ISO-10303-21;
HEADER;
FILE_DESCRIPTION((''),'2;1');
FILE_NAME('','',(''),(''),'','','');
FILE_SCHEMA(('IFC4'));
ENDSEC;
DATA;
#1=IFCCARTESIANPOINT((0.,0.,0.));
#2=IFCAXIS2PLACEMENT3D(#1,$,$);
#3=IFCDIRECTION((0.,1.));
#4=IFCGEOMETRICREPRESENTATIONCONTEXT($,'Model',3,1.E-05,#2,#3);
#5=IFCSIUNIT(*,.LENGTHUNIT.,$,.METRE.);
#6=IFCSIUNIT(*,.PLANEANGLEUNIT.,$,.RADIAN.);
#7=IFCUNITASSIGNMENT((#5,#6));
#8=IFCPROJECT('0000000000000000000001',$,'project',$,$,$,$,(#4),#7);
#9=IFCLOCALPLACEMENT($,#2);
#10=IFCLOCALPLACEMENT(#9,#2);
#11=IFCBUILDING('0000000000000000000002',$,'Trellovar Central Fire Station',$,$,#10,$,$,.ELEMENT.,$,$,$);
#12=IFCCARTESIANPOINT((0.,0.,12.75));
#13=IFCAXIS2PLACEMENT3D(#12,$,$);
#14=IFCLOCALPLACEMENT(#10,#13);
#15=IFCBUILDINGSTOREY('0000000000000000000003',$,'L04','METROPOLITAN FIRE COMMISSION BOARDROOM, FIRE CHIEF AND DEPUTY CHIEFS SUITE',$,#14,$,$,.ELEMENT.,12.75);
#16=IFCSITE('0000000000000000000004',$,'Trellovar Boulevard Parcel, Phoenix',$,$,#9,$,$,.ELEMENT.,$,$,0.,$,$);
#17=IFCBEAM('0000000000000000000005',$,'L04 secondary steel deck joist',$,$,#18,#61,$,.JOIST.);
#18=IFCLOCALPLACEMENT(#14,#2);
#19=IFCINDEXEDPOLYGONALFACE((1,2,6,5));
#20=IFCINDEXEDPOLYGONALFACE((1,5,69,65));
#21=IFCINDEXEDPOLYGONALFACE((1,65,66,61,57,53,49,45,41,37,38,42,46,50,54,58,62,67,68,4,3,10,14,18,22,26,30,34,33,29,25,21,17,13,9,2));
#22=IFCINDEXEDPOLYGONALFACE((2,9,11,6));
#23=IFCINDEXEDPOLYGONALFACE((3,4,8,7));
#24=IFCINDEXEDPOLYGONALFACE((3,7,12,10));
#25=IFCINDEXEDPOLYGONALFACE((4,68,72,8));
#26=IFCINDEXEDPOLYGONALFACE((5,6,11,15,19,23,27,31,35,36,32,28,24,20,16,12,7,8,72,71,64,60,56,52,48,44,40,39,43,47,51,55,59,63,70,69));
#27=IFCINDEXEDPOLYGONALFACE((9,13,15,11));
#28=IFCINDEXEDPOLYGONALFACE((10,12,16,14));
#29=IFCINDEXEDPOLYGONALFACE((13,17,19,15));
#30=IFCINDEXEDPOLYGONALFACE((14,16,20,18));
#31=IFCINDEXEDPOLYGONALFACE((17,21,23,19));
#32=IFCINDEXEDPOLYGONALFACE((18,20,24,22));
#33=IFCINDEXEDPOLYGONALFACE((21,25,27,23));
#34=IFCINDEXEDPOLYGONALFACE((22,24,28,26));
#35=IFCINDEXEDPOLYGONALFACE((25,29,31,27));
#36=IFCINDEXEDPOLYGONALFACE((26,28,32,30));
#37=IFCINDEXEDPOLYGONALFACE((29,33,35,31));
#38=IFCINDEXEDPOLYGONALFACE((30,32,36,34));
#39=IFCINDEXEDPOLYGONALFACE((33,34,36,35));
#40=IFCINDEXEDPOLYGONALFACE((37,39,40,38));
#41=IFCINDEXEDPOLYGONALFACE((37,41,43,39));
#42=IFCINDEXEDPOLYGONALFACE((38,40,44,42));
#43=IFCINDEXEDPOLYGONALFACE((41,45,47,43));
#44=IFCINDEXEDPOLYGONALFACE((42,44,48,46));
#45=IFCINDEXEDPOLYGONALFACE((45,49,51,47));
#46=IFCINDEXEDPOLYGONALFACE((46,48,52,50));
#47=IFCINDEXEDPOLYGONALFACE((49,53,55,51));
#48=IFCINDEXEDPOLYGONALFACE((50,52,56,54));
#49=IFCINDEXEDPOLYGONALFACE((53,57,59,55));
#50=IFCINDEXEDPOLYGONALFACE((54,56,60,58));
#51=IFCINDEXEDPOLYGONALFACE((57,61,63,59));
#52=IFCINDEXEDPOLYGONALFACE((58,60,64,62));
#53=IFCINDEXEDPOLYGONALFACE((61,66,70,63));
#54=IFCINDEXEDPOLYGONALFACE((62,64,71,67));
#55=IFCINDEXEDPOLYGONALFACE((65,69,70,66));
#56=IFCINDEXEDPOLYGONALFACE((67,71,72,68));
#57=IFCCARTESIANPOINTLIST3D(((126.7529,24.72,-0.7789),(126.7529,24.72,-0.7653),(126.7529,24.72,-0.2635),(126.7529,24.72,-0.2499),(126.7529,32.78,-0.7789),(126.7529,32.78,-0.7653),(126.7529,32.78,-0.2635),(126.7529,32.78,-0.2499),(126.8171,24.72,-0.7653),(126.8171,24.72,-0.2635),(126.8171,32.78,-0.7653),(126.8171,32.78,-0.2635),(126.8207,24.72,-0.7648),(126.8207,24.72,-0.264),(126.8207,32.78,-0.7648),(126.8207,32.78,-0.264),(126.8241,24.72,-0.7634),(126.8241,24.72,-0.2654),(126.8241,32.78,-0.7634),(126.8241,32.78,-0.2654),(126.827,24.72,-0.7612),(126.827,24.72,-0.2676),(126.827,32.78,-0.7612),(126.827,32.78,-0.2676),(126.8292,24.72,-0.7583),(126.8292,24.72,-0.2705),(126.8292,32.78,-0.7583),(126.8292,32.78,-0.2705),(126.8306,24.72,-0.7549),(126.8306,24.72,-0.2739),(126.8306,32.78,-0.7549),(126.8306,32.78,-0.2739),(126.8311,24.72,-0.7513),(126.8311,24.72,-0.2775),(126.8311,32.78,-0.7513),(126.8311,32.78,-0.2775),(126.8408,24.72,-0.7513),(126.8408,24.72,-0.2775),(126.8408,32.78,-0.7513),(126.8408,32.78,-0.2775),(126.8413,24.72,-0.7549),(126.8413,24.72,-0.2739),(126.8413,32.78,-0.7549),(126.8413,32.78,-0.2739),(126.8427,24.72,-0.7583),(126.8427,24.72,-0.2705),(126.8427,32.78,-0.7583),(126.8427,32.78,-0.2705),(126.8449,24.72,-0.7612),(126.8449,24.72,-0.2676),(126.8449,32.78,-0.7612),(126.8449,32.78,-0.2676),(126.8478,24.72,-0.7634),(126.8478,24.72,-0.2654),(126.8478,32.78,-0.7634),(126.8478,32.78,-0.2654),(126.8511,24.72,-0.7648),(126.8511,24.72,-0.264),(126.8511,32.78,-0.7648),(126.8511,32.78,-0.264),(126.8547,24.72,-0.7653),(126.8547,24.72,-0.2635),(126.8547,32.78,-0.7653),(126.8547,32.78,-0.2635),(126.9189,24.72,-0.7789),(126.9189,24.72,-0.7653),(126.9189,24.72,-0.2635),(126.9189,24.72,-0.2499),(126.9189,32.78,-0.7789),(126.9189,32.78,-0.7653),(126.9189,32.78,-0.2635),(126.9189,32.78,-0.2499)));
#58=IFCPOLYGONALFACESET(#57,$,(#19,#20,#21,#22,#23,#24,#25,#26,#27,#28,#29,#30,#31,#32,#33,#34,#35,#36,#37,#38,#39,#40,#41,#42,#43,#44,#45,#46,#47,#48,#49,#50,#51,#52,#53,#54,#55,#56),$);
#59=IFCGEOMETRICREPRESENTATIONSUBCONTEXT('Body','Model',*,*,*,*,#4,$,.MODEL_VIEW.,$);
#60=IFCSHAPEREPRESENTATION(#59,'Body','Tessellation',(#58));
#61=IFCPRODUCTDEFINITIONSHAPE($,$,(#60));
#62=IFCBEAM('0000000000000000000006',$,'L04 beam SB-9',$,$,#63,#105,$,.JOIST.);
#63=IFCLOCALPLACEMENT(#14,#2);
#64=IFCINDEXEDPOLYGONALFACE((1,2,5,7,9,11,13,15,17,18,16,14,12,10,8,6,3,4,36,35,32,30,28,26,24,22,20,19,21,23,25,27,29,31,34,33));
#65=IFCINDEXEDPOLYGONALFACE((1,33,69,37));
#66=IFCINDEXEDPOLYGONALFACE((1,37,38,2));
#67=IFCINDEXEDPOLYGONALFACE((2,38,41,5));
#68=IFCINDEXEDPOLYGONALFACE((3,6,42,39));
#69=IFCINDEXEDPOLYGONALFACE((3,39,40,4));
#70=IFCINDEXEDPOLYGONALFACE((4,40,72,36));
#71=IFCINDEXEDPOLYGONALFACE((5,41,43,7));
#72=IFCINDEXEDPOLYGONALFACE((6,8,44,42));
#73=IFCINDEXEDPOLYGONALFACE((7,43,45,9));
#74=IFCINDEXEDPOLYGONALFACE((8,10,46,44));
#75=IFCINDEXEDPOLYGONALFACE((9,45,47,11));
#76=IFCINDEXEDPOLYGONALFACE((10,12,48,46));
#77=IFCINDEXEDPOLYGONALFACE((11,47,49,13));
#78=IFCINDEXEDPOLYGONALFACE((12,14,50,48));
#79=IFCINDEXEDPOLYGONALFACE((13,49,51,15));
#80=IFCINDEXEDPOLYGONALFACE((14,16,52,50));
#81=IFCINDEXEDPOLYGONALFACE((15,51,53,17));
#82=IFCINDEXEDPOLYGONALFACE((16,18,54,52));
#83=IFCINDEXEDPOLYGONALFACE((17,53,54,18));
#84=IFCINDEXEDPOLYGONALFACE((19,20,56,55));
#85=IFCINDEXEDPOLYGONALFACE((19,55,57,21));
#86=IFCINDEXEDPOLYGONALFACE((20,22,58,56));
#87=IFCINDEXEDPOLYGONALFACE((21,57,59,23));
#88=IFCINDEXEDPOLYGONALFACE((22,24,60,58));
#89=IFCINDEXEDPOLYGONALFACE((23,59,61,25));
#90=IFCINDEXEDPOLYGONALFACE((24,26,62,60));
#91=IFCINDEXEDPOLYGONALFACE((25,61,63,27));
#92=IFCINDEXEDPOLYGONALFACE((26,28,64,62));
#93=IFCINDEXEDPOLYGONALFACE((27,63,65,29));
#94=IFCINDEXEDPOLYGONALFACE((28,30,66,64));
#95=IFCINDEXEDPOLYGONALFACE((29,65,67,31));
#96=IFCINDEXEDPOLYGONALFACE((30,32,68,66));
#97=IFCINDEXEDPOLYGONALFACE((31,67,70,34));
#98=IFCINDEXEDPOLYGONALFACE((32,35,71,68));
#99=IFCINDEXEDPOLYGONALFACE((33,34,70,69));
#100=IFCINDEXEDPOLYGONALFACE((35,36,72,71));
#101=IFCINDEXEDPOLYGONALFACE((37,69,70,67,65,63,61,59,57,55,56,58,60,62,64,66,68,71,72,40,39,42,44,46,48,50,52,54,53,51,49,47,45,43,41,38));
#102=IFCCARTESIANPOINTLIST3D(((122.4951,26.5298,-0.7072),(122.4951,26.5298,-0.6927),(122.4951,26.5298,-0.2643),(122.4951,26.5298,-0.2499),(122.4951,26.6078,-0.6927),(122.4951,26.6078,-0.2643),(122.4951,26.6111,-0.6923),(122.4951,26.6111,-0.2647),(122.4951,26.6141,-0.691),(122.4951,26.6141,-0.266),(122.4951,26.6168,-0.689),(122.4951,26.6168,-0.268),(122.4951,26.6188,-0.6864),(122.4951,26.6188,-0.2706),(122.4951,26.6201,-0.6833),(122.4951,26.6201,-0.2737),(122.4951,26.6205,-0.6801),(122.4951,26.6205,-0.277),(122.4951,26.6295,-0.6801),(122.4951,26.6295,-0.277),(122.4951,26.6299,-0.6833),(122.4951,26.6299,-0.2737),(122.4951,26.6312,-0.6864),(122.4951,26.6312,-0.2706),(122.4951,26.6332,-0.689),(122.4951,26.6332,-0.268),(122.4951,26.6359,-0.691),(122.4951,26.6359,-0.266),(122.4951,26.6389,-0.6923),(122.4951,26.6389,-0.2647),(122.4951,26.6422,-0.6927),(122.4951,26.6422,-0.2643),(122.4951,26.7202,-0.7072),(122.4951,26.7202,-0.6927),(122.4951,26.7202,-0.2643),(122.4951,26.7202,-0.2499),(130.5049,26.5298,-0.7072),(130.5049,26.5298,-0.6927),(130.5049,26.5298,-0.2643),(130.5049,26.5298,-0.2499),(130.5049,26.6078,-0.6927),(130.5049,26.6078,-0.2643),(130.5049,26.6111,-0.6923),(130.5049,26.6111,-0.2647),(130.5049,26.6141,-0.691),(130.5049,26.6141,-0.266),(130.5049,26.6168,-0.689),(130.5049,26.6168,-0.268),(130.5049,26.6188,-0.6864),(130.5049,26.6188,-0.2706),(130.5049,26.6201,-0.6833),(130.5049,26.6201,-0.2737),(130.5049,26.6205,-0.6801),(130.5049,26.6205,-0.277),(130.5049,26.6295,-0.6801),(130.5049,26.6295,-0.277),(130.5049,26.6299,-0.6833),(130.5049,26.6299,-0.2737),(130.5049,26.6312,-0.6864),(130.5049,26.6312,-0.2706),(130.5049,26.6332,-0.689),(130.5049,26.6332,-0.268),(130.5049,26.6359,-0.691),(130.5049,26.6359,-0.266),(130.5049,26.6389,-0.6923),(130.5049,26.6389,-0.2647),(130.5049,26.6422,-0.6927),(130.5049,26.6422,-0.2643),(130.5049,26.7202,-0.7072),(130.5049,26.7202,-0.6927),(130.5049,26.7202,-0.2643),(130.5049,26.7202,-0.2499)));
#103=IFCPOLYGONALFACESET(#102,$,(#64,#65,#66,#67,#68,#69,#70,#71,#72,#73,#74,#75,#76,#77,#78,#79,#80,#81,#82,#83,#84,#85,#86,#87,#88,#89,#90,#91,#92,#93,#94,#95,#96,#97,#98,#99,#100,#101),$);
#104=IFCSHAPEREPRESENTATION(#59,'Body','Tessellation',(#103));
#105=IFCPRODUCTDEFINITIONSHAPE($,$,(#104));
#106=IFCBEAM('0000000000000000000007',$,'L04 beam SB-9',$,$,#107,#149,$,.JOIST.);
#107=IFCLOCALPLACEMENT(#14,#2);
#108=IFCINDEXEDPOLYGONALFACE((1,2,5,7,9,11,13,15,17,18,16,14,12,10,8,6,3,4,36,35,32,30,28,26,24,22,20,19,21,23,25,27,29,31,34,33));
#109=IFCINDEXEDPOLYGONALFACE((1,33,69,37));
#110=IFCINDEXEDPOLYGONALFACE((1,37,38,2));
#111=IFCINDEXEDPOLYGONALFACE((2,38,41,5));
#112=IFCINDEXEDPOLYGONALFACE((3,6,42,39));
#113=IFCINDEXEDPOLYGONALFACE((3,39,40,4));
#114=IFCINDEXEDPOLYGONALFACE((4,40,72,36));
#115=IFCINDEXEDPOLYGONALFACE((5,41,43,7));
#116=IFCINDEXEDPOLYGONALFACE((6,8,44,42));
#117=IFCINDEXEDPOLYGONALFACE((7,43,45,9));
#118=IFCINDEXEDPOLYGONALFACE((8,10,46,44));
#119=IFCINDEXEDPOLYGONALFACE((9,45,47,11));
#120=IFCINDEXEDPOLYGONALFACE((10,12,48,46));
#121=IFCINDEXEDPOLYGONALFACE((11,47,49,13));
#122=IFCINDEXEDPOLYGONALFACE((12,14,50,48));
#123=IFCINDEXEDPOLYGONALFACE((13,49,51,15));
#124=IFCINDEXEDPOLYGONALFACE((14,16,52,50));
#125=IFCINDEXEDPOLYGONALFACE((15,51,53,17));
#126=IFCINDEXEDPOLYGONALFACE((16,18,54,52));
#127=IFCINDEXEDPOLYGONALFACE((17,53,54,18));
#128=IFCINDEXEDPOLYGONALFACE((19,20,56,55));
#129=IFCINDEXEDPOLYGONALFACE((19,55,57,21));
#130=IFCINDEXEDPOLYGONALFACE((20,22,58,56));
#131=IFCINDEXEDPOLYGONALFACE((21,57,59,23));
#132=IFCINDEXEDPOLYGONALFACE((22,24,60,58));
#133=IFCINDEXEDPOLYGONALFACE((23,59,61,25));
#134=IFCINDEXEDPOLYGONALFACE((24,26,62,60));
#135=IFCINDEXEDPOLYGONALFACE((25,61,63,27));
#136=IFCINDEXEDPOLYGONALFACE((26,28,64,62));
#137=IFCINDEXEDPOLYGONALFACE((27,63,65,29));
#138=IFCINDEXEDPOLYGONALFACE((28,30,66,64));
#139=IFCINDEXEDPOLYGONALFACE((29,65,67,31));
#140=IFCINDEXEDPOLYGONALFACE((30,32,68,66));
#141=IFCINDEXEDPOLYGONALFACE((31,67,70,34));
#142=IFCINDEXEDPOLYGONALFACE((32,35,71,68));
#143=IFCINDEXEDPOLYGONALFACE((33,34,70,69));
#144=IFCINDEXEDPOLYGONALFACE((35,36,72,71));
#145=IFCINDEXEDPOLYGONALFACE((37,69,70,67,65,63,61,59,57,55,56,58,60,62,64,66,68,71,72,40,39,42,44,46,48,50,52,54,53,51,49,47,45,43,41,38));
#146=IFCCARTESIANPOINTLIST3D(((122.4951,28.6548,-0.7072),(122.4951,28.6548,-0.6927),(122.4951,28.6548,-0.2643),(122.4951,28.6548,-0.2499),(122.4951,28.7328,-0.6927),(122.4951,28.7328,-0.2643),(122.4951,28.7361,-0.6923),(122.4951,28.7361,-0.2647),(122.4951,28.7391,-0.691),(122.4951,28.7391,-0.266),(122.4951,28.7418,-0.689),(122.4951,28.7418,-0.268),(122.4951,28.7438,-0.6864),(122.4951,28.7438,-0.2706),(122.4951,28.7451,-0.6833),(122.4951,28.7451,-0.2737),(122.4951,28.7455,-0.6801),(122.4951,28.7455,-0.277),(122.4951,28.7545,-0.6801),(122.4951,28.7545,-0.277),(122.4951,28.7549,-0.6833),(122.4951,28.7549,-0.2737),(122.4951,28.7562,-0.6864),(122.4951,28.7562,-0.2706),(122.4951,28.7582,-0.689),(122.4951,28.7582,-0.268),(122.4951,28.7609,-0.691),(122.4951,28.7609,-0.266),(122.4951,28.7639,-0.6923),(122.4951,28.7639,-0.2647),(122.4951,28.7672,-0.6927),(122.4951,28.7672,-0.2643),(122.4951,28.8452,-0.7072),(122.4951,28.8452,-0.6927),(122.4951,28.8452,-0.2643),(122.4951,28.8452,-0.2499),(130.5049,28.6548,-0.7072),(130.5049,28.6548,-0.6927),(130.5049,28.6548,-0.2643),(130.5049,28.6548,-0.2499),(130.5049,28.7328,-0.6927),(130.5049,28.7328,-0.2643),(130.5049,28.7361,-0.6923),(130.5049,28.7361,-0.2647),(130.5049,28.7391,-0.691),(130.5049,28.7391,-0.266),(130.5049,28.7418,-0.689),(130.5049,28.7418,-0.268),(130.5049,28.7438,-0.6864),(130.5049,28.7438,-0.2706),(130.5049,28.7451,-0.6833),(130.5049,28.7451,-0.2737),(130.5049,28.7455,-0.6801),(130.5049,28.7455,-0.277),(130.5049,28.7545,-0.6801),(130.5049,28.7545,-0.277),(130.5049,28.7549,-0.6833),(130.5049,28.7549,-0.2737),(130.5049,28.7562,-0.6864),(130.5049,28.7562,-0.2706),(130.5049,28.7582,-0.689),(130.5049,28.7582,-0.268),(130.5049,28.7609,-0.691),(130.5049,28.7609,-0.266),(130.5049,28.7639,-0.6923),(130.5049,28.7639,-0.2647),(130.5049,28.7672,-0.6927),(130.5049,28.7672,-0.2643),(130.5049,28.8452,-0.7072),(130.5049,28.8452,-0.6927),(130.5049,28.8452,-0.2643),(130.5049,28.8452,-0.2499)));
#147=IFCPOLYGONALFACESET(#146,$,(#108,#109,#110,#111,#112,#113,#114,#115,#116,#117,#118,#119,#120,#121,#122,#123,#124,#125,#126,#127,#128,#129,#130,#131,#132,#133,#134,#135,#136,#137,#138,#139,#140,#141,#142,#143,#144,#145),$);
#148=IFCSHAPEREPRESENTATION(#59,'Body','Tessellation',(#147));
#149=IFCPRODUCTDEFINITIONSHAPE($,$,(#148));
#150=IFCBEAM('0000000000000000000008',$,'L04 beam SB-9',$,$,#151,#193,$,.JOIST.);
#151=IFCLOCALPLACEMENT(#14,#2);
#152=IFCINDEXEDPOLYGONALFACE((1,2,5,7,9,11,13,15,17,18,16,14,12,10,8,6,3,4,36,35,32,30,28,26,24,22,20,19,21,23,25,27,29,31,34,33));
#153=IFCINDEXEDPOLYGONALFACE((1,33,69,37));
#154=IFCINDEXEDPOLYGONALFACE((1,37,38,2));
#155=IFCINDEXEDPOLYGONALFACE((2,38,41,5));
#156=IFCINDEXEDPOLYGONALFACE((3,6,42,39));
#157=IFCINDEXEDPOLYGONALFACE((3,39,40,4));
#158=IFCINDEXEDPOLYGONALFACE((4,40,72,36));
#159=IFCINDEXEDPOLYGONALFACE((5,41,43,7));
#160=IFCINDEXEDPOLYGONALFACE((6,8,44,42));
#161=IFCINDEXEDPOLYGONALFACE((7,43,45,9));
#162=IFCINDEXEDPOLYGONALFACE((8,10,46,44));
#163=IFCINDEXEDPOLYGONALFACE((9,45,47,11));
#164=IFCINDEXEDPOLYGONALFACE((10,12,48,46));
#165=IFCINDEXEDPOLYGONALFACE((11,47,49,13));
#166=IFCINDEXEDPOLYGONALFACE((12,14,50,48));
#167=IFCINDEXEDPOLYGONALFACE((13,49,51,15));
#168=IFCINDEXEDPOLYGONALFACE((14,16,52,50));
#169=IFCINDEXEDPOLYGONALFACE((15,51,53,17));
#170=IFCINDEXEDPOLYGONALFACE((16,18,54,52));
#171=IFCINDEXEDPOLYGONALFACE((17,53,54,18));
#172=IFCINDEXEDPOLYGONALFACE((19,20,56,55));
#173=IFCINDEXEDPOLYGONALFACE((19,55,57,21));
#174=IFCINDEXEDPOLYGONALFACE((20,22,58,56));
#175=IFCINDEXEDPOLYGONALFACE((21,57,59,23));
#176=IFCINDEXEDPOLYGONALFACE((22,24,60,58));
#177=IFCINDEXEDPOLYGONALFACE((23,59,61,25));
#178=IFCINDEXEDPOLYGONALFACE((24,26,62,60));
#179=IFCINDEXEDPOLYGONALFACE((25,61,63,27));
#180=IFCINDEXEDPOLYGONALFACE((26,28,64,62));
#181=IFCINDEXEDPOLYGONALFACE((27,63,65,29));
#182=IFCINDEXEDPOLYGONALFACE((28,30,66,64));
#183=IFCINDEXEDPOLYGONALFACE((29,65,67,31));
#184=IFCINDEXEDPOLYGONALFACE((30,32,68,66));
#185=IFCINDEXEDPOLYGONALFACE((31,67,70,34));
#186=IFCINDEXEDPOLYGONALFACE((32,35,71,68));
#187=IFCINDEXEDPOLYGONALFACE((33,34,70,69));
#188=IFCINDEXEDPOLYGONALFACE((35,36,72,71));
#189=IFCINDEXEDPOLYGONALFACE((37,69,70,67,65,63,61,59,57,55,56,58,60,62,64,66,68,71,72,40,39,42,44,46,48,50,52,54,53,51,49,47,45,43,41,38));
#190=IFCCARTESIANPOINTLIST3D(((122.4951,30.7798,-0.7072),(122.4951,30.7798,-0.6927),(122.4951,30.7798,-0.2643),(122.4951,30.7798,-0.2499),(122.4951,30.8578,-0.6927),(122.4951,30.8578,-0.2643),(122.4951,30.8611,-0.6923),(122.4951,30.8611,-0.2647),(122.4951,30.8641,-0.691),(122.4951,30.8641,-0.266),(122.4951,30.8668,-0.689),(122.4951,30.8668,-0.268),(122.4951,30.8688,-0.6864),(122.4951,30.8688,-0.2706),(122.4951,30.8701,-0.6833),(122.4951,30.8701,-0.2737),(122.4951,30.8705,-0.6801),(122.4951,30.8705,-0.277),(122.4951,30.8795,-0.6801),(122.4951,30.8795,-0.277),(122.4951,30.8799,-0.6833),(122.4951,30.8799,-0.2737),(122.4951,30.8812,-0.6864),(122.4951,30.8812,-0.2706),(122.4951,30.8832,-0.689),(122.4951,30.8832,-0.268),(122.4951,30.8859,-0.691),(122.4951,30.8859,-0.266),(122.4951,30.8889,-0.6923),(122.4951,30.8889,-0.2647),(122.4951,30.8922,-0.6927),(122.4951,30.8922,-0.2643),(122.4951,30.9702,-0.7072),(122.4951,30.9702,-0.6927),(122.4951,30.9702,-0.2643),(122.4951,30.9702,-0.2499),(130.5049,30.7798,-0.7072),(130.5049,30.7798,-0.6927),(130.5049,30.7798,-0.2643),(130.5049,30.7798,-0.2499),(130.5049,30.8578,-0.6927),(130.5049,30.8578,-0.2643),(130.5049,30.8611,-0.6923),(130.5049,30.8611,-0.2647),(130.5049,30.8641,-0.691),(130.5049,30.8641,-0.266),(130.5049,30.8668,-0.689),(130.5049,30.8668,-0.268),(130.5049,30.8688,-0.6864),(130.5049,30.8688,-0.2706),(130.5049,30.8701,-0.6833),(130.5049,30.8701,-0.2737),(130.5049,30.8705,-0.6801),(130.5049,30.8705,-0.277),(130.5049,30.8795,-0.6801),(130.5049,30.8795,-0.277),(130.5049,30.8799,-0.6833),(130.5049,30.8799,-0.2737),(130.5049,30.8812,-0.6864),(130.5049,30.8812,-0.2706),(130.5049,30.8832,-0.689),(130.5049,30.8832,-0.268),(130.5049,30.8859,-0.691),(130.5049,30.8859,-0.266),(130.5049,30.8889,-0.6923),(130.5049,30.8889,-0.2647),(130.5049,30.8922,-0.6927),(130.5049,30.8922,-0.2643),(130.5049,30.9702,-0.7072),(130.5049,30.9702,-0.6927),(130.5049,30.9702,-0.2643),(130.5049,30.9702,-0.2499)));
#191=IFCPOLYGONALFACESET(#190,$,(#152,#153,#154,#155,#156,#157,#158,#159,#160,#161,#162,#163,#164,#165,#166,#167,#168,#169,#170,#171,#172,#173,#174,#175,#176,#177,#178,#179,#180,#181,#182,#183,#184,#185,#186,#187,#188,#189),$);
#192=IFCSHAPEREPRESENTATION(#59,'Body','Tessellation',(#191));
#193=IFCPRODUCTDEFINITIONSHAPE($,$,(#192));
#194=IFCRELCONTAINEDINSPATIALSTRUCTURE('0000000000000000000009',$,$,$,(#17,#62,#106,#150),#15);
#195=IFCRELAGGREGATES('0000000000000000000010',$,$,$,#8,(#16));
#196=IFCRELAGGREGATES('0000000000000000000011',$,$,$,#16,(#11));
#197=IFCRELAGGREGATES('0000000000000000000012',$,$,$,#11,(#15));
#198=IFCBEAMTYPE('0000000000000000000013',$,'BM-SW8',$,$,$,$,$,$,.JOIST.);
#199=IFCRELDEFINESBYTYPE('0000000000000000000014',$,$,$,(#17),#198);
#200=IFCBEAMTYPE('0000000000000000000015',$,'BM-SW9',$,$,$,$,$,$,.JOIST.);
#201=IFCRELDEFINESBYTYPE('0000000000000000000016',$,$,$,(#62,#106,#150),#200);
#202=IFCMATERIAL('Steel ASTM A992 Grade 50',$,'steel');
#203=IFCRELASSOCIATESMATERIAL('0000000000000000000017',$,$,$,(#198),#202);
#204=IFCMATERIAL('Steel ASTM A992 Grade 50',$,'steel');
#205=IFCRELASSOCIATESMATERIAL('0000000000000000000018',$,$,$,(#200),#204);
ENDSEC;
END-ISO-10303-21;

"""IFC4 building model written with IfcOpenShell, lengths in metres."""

from ifc_helpers import new_model, si_unit, direction, frame, origin, origin_2d, place, context, subcontext, project, spatial, i_section, extrude, material, material_profile, profile_set, type_object, element, save


model = new_model("IFC4")

# Units and contexts
model_context = context("Model", 3, precision=1e-05, world=origin(), true_north=direction((0.0, 1.0)))
body_context = subcontext(model_context, "Body", "Model", "MODEL_VIEW")
ifc_project = project(units=[si_unit("LENGTHUNIT", "METRE"), si_unit("PLANEANGLEUNIT", "RADIAN")], contexts=[model_context])

# Site, building, storey
site_placement = place(None, origin())
site = spatial("IfcSite", under=ifc_project, at=site_placement, Name="Trellovar Boulevard Parcel, Phoenix", CompositionType="ELEMENT", RefElevation=0.0)
building_placement = place(site_placement, origin())
building = spatial("IfcBuilding", under=site, at=building_placement, Name="Trellovar Central Fire Station", CompositionType="ELEMENT")
storey_placement = place(building_placement, frame((0.0, 0.0, 12.75)))
storey = spatial("IfcBuildingStorey", under=building, at=storey_placement, Name="L04", Description="METROPOLITAN FIRE COMMISSION BOARDROOM, FIRE CHIEF AND DEPUTY CHIEFS SUITE", CompositionType="ELEMENT", Elevation=12.75)

# Beams
ifc_material_1 = material(Name="Steel ASTM A992 Grade 50", Category="steel")
ifc_material_profile_1 = material_profile(ifc_material_1, i_section(OverallWidth=0.166, OverallDepth=0.5291, WebThickness=0.0098, FlangeThickness=0.0137, FilletRadius=0.0139, at=origin_2d()), Name="W21X50")
ifc_profile_set_1 = profile_set([ifc_material_profile_1], Name="Steel ASTM A992 Grade 50")
beam_type_1 = type_object("IfcBeamType", Name="BM-SW8", PredefinedType="JOIST", material=ifc_profile_set_1)
beam_1_placement = place(storey_placement, frame((126.8359, 24.72, -0.5144), z_axis=(0.0, 1.0, 0.0), x_axis=(-1.0, 0.0, 0.0)))
element("IfcBeam", 1, at=beam_1_placement, inside=storey, type_object=beam_type_1, Name="L04 secondary steel deck joist", PredefinedType="JOIST", context=body_context, shape_type="SweptSolid", body=[
    extrude(i_section(OverallWidth=0.166, OverallDepth=0.5291, WebThickness=0.0098, FlangeThickness=0.0137, FilletRadius=0.0139, at=origin_2d()), origin(), (0.0, 0.0, 1.0), 8.0601),
])
ifc_material_2 = material(Name="Steel ASTM A992 Grade 50", Category="steel")
ifc_material_profile_2 = material_profile(ifc_material_2, i_section(OverallWidth=0.1904, OverallDepth=0.4573, WebThickness=0.009, FlangeThickness=0.0144, FilletRadius=0.0127, at=origin_2d()), Name="W18X50")
ifc_profile_set_2 = profile_set([ifc_material_profile_2], Name="Steel ASTM A992 Grade 50")
beam_type_2 = type_object("IfcBeamType", Name="BM-SW9", PredefinedType="JOIST", material=ifc_profile_set_2)
for number, where, z_axis, x_axis, name in (
    (2, (122.4951, 26.625, -0.4785), (1.0, 0.0, 0.0), (0.0, 1.0, 0.0), "L04 beam SB-9"),
    (3, (122.4951, 28.75, -0.4785), (1.0, 0.0, 0.0), (0.0, 1.0, 0.0), "L04 beam SB-9"),
    (4, (122.4951, 30.875, -0.4785), (1.0, 0.0, 0.0), (0.0, 1.0, 0.0), "L04 beam SB-9"),
):
    element("IfcBeam", number, at=place(storey_placement, frame(where, z_axis=z_axis, x_axis=x_axis)), inside=storey, type_object=beam_type_2, Name=name, PredefinedType="JOIST", context=body_context, shape_type="SweptSolid", body=[
        extrude(i_section(OverallWidth=0.1904, OverallDepth=0.4573, WebThickness=0.009, FlangeThickness=0.0144, FilletRadius=0.0127, at=origin_2d()), origin(), (0.0, 0.0, 1.0), 8.0098),
    ])

save(model, "model.ifc")
